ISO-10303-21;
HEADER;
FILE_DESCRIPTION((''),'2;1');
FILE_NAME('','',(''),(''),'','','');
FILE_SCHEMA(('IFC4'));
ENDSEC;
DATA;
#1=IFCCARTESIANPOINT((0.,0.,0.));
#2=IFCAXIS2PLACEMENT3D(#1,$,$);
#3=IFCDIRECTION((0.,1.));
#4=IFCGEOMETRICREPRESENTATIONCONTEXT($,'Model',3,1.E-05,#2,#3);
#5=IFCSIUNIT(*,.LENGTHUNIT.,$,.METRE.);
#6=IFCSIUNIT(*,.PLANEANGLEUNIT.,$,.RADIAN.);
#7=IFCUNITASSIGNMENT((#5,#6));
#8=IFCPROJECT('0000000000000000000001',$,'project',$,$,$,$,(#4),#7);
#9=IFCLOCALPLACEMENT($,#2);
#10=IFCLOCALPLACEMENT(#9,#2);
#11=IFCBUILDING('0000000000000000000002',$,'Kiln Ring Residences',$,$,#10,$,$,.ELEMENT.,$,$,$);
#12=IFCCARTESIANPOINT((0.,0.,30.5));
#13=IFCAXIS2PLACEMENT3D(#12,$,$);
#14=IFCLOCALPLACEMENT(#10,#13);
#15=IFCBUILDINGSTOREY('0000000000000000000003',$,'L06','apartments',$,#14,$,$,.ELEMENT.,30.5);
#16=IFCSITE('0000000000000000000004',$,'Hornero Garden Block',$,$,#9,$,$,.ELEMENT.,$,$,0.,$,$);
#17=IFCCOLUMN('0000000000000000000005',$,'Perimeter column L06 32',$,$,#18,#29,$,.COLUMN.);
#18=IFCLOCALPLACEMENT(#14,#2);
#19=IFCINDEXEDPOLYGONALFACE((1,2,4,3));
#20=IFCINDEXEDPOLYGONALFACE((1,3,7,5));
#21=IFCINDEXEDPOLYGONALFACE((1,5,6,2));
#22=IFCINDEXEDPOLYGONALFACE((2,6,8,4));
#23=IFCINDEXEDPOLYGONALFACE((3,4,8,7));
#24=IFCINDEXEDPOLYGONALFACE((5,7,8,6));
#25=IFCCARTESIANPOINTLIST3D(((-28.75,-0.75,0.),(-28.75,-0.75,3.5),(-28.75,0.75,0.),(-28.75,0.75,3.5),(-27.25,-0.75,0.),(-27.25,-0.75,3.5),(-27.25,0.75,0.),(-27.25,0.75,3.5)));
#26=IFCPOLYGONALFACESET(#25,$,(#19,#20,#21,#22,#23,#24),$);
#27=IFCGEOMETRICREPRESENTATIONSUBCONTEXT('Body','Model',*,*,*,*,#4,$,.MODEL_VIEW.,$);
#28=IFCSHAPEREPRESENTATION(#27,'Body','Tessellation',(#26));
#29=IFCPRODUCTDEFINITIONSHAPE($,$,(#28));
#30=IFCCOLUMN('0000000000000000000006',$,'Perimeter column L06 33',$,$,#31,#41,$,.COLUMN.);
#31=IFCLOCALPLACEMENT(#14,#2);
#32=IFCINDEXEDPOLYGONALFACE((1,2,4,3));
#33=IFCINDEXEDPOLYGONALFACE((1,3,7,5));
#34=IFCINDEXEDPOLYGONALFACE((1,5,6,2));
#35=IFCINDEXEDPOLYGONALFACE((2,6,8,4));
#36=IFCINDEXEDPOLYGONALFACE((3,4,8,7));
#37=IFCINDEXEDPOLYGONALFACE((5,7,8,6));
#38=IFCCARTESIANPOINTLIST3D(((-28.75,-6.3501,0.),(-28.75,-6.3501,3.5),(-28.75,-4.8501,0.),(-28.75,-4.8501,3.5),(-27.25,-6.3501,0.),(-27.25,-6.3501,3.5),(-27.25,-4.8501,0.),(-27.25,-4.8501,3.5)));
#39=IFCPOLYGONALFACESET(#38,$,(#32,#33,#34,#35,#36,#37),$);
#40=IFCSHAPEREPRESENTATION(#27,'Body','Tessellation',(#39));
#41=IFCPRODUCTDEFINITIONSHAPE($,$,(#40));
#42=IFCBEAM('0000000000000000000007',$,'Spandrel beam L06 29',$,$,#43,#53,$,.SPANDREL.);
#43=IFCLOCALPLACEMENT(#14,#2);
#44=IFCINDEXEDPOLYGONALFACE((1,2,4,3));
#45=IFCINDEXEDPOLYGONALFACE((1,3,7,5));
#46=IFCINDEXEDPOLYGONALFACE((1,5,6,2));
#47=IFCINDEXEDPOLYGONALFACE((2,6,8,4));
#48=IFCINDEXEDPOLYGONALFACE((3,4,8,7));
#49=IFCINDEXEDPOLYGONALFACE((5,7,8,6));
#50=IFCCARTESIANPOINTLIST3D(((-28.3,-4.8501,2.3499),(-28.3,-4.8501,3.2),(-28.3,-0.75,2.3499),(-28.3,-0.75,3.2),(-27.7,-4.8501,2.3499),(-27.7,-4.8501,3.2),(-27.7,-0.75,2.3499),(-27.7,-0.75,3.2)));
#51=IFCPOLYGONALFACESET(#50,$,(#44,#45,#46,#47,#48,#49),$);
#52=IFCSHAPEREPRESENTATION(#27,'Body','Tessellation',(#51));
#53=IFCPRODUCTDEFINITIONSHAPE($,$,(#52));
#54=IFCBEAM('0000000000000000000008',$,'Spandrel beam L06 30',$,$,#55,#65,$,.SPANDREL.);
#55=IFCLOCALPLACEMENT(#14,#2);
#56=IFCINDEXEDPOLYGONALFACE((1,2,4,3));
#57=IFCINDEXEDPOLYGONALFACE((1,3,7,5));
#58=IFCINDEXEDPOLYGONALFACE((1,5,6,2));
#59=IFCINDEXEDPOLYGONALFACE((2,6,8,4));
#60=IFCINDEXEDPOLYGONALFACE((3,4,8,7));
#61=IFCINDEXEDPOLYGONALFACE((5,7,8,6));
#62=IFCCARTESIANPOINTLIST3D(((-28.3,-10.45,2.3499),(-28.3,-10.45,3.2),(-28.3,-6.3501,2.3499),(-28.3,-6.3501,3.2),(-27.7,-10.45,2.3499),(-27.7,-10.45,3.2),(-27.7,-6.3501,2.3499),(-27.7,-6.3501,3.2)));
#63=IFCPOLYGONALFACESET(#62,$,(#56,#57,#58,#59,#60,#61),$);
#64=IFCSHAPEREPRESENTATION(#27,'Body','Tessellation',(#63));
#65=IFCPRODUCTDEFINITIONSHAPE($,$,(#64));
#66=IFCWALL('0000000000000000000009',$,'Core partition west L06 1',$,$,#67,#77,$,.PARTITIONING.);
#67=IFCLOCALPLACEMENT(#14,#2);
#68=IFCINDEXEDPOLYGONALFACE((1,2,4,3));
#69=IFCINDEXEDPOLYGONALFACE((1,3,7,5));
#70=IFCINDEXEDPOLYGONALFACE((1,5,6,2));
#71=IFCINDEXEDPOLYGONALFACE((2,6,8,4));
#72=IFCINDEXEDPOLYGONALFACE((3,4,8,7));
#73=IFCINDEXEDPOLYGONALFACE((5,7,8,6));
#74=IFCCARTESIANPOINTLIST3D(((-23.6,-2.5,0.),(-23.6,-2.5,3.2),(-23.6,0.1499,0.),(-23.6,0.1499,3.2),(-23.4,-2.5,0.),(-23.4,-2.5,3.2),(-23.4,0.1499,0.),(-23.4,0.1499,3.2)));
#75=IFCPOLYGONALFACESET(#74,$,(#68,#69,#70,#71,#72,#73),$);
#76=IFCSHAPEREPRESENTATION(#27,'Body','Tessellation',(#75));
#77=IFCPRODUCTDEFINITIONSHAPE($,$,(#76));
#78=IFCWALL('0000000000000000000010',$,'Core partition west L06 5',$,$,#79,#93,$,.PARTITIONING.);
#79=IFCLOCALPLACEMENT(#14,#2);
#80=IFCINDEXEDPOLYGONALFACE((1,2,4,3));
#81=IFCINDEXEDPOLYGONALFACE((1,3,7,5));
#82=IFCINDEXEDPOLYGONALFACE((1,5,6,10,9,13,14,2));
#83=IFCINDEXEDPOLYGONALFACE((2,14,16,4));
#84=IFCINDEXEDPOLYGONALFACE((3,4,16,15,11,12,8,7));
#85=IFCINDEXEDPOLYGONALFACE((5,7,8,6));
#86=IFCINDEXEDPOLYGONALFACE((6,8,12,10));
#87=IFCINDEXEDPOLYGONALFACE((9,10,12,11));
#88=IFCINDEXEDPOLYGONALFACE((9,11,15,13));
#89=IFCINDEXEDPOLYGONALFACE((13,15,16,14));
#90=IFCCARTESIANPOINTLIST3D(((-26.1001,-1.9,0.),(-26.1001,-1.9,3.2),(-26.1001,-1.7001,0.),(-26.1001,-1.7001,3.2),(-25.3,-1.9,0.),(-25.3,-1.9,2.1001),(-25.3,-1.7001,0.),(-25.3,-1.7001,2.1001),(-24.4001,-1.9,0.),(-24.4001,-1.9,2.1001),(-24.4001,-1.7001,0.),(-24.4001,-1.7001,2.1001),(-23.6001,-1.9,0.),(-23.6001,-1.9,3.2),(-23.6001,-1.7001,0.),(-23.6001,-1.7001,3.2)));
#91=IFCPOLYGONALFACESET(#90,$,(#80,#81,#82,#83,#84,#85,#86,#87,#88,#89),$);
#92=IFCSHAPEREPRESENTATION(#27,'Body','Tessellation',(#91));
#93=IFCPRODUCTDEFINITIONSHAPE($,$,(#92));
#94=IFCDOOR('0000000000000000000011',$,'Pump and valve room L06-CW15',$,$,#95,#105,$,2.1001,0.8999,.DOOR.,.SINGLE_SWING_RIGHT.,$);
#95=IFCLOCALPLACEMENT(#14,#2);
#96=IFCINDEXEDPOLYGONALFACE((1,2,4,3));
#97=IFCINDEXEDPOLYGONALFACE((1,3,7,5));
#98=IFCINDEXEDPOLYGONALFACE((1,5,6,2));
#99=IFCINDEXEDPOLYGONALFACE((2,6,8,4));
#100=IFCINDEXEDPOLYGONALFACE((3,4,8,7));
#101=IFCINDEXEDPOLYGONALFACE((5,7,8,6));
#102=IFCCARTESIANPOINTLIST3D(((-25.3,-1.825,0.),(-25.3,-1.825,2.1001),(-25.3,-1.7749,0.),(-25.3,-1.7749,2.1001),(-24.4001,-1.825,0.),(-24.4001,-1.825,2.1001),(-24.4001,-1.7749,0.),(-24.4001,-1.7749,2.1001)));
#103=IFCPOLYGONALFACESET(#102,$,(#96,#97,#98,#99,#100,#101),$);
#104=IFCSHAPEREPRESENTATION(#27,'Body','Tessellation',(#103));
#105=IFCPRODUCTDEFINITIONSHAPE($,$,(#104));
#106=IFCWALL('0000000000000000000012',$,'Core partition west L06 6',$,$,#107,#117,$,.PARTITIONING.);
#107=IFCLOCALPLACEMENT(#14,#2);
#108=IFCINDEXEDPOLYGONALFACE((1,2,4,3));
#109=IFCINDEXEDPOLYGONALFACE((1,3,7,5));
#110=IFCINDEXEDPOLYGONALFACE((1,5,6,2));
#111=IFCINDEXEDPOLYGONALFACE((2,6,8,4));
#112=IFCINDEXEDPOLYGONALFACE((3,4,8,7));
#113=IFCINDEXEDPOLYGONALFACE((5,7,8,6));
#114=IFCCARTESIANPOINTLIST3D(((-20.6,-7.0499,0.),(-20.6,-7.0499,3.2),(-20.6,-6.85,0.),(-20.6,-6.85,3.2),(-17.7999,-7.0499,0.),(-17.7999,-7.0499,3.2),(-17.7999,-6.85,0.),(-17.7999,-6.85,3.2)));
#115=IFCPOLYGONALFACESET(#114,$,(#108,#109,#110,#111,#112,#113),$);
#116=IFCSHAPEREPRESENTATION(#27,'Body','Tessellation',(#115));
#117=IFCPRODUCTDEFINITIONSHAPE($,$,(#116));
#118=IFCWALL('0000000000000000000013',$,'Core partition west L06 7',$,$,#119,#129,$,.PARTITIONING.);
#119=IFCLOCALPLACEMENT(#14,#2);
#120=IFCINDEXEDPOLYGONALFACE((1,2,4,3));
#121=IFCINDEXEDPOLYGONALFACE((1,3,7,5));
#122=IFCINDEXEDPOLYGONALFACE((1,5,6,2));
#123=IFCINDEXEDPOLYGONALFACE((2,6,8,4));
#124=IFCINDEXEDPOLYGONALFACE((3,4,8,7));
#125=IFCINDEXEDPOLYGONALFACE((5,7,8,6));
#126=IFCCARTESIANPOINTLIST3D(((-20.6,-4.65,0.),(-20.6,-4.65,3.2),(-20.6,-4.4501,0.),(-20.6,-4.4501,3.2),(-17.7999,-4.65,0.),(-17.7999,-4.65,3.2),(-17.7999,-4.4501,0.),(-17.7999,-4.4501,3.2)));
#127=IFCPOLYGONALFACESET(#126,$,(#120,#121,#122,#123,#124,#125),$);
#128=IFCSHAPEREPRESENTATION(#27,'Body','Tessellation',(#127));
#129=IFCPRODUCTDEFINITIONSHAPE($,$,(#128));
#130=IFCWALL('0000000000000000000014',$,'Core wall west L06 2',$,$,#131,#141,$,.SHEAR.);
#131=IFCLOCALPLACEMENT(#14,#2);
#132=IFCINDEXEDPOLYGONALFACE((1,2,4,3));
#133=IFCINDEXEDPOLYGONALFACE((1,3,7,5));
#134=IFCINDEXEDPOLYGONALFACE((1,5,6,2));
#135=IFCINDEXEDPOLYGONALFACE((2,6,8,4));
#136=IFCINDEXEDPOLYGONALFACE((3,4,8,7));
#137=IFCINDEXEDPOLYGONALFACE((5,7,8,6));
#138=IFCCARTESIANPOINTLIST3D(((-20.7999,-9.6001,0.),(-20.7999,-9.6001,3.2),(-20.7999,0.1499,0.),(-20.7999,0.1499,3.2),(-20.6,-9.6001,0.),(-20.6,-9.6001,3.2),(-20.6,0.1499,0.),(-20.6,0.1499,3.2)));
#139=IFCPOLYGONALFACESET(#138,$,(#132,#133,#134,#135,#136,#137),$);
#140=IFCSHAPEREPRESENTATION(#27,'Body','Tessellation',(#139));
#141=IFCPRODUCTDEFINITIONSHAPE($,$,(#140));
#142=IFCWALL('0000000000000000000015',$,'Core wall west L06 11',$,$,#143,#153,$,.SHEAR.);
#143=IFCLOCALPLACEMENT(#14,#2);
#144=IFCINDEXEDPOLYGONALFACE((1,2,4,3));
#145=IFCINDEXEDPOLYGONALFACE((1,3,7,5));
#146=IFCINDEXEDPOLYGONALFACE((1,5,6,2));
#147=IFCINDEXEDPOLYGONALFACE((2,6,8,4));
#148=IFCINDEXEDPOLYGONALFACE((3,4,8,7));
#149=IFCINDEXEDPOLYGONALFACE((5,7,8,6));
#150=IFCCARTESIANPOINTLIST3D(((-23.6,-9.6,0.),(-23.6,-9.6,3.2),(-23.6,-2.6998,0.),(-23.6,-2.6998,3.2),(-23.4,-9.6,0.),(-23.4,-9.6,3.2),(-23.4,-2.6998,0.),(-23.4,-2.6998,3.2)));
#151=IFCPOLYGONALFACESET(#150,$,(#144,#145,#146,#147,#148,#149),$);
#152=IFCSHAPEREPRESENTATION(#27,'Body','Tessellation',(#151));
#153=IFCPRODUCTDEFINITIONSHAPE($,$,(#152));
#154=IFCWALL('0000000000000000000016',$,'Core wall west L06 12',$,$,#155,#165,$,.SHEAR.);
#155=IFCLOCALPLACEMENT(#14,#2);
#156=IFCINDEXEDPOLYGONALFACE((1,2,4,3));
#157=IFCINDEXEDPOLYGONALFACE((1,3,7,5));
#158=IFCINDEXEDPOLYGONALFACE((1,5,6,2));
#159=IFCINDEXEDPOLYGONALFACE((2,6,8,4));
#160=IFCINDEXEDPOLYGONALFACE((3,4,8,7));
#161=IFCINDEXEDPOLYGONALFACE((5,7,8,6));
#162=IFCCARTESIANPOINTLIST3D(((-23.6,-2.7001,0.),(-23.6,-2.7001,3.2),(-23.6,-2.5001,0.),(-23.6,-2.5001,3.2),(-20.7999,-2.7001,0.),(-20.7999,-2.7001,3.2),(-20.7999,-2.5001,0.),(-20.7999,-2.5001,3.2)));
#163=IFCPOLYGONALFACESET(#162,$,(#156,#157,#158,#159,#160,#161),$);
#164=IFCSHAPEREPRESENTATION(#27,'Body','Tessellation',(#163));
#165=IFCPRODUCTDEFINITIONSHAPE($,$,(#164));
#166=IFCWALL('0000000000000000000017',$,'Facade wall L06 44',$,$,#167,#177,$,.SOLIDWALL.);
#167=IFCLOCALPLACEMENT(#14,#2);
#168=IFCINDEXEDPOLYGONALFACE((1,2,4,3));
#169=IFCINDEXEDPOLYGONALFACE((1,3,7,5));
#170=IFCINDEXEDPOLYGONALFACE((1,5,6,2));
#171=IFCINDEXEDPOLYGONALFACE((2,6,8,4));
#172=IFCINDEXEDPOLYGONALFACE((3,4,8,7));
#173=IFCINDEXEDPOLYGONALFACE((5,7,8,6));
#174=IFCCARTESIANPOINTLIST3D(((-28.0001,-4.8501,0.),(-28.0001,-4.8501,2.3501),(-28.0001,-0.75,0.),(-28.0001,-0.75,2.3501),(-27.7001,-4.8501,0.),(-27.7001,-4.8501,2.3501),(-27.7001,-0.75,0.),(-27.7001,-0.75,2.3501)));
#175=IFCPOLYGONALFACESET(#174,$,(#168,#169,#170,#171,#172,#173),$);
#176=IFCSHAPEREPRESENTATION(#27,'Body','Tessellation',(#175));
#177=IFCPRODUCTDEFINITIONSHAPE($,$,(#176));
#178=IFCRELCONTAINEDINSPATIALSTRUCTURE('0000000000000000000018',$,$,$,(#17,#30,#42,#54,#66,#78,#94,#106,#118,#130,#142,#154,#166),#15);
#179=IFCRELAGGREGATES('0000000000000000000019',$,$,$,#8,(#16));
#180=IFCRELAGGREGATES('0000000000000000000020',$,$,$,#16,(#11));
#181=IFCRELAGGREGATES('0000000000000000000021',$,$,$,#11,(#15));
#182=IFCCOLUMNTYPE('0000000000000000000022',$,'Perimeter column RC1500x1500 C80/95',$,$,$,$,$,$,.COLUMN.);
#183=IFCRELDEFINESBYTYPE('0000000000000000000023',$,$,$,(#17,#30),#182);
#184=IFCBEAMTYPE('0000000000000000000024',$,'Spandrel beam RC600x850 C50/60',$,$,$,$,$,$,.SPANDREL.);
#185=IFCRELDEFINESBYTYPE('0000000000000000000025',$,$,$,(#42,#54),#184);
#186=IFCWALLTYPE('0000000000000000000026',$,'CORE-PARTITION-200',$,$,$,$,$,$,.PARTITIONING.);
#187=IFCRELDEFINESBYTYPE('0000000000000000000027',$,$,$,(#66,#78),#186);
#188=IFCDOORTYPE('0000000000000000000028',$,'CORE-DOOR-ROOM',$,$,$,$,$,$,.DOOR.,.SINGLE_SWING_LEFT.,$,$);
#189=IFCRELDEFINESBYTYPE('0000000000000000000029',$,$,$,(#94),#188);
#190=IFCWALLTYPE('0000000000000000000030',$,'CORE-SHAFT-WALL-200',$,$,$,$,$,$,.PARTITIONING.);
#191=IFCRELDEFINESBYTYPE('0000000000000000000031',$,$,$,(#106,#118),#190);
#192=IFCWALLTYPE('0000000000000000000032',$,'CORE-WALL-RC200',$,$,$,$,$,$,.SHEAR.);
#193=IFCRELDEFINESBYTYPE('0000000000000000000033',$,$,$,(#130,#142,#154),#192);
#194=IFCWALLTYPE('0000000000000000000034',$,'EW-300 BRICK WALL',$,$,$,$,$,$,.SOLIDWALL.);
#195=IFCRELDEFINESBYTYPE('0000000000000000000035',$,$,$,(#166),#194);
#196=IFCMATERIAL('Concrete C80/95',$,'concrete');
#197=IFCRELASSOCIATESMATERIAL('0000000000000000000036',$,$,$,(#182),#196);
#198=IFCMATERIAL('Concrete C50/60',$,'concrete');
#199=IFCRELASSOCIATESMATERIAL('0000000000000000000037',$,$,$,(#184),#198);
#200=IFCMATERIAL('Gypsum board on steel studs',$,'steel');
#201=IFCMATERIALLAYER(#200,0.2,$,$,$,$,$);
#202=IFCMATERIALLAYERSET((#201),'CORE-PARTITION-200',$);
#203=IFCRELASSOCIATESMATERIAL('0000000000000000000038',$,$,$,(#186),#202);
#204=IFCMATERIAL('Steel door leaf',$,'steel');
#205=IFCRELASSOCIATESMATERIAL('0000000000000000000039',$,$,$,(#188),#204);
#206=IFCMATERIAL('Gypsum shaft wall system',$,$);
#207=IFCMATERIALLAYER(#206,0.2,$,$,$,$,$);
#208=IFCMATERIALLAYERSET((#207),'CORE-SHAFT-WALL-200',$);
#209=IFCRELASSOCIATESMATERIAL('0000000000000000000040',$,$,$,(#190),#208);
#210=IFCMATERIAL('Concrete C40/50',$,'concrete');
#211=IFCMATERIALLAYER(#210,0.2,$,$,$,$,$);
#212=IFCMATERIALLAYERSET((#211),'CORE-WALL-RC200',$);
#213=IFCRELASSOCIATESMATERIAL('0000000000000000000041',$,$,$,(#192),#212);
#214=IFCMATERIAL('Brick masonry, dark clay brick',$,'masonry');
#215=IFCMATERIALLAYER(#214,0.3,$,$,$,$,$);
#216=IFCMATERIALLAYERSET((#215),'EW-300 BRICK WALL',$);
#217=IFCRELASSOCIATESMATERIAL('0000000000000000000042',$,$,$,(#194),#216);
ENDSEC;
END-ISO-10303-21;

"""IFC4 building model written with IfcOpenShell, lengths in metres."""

from ifc_helpers import new_model, si_unit, direction, frame, frame_2d, origin, origin_2d, place, context, subcontext, project, spatial, rectangle, extrude, material, layer, layer_set, material_profile, profile_set, type_object, element, fill, save


model = new_model("IFC4")

# Units and contexts
model_context = context("Model", 3, precision=1e-05, world=origin(), true_north=direction((0.0, 1.0)))
body_context = subcontext(model_context, "Body", "Model", "MODEL_VIEW")
ifc_project = project(units=[si_unit("LENGTHUNIT", "METRE"), si_unit("PLANEANGLEUNIT", "RADIAN")], contexts=[model_context])

# Site, building, storey
site_placement = place(None, origin())
site = spatial("IfcSite", under=ifc_project, at=site_placement, Name="Hornero Garden Block", CompositionType="ELEMENT", RefElevation=0.0)
building_placement = place(site_placement, origin())
building = spatial("IfcBuilding", under=site, at=building_placement, Name="Kiln Ring Residences", CompositionType="ELEMENT")
storey_placement = place(building_placement, frame((0.0, 0.0, 30.5)))
storey = spatial("IfcBuildingStorey", under=building, at=storey_placement, Name="L06", Description="apartments", CompositionType="ELEMENT", Elevation=30.5)

# Columns
ifc_material_1 = material(Name="Concrete C80/95", Category="concrete")
ifc_material_profile_1 = material_profile(ifc_material_1, rectangle(XDim=1.5, YDim=1.5, at=origin_2d()), Name="RC1500x1500")
ifc_profile_set_1 = profile_set([ifc_material_profile_1], Name="Concrete C80/95")
column_type = type_object("IfcColumnType", Name="Perimeter column RC1500x1500 C80/95", PredefinedType="COLUMN", material=ifc_profile_set_1)
for number, where, z_axis, x_axis, name in (
    (1, (-28.0, 0.0, 0.0), (0.0, 0.0, 1.0), (1.0, 0.0, 0.0), "Perimeter column L06 32"),
    (2, (-28.0, -5.6001, 0.0), (0.0, 0.0, 1.0), (1.0, 0.0, 0.0), "Perimeter column L06 33"),
):
    element("IfcColumn", number, at=place(storey_placement, frame(where, z_axis=z_axis, x_axis=x_axis)), inside=storey, type_object=column_type, Name=name, PredefinedType="COLUMN", context=body_context, shape_type="SweptSolid", body=[
        extrude(rectangle(XDim=1.5, YDim=1.5, at=origin_2d()), origin(), (0.0, 0.0, 1.0), 3.5),
    ])

# Beams
ifc_material_2 = material(Name="Concrete C50/60", Category="concrete")
ifc_material_profile_2 = material_profile(ifc_material_2, rectangle(XDim=0.6001, YDim=0.8501, at=origin_2d()), Name="RC600x850")
ifc_profile_set_2 = profile_set([ifc_material_profile_2], Name="Concrete C50/60")
beam_type = type_object("IfcBeamType", Name="Spandrel beam RC600x850 C50/60", PredefinedType="SPANDREL", material=ifc_profile_set_2)
beam_1_placement = place(storey_placement, frame((-28.0, -0.75, 2.7749), z_axis=(0.0, -1.0, 0.0), x_axis=(1.0, 0.0, 0.0)))
element("IfcBeam", 3, at=beam_1_placement, inside=storey, type_object=beam_type, Name="Spandrel beam L06 29", PredefinedType="SPANDREL", context=body_context, shape_type="SweptSolid", body=[
    extrude(rectangle(XDim=0.6001, YDim=0.8501, at=origin_2d()), origin(), (0.0, 0.0, 1.0), 4.1001),
])
beam_2_placement = place(storey_placement, frame((-28.0, -6.3501, 2.7749), z_axis=(0.0, -1.0, 0.0), x_axis=(1.0, 0.0, 0.0)))
element("IfcBeam", 4, at=beam_2_placement, inside=storey, type_object=beam_type, Name="Spandrel beam L06 30", PredefinedType="SPANDREL", context=body_context, shape_type="SweptSolid", body=[
    extrude(rectangle(XDim=0.6001, YDim=0.8501, at=origin_2d()), origin(), (0.0, 0.0, 1.0), 4.0999),
])

# Wall
ifc_material_3 = material(Name="Gypsum board on steel studs", Category="steel")
ifc_layer_1 = layer(ifc_material_3, 0.2)
ifc_layer_set_1 = layer_set([ifc_layer_1], Name="CORE-PARTITION-200")
wall_type_1 = type_object("IfcWallType", Name="CORE-PARTITION-200", PredefinedType="PARTITIONING", material=ifc_layer_set_1)
wall_1_placement = place(storey_placement, frame((-23.5, -2.5, 0.0), z_axis=(0.0, 0.0, 1.0), x_axis=(0.0, 1.0, 0.0)))
element("IfcWall", 5, at=wall_1_placement, inside=storey, type_object=wall_type_1, Name="Core partition west L06 1", PredefinedType="PARTITIONING", context=body_context, shape_type="SweptSolid", body=[
    extrude(rectangle(XDim=2.6499, YDim=0.2, at=frame_2d((1.325, 0.0))), origin(), (0.0, 0.0, 1.0), 3.2),
])

# Wall, opening, door
wall_2_placement = place(storey_placement, frame((-23.6001, -1.8, 0.0), z_axis=(0.0, 0.0, 1.0), x_axis=(-1.0, 0.0, 0.0)))
wall_2 = element("IfcWall", 6, at=wall_2_placement, inside=storey, type_object=wall_type_1, Name="Core partition west L06 5", PredefinedType="PARTITIONING", context=body_context, shape_type="SweptSolid", body=[
    extrude(rectangle(XDim=2.5, YDim=0.2, at=frame_2d((1.25, 0.0))), origin(), (0.0, 0.0, 1.0), 3.2),
])
opening_placement = place(wall_2_placement, frame((0.8, 0.0, 0.0)))
opening = element("IfcOpeningElement", 7, at=opening_placement, cuts=wall_2, PredefinedType="OPENING", context=body_context, shape_type="SweptSolid", body=[
    extrude(rectangle(XDim=0.8999, YDim=2.1001, at=frame_2d((0.45, 1.05))), frame((0.0, 0.1099, 0.0), z_axis=(0.0, -1.0, 0.0), x_axis=(1.0, 0.0, 0.0)), (0.0, 0.0, 1.0), 0.22),
])
ifc_material_4 = material(Name="Steel door leaf", Category="steel")
door_type = type_object("IfcDoorType", Name="CORE-DOOR-ROOM", OperationType="SINGLE_SWING_LEFT", PredefinedType="DOOR", material=ifc_material_4)
door_placement = place(opening_placement, origin())
door = element("IfcDoor", 8, at=door_placement, inside=storey, type_object=door_type, Name="Pump and valve room L06-CW15", OperationType="SINGLE_SWING_RIGHT", OverallHeight=2.1001, OverallWidth=0.8999, PredefinedType="DOOR", context=body_context, shape_type="SweptSolid", body=[
    extrude(rectangle(XDim=0.8999, YDim=2.1001, at=frame_2d((0.45, 1.05))), frame((0.0, 0.0249, 0.0), z_axis=(0.0, -1.0, 0.0), x_axis=(1.0, 0.0, 0.0)), (0.0, 0.0, 1.0), 0.05),
])
fill(opening, door)

# Walls
ifc_material_5 = material(Name="Gypsum shaft wall system")
ifc_layer_2 = layer(ifc_material_5, 0.2)
ifc_layer_set_2 = layer_set([ifc_layer_2], Name="CORE-SHAFT-WALL-200")
wall_type_2 = type_object("IfcWallType", Name="CORE-SHAFT-WALL-200", PredefinedType="PARTITIONING", material=ifc_layer_set_2)
for number, where, z_axis, x_axis, name in (
    (9, (-17.8, -6.95, 0.0), (0.0, 0.0, 1.0), (-1.0, 0.0, 0.0), "Core partition west L06 6"),
    (10, (-17.8, -4.55, 0.0), (0.0, 0.0, 1.0), (-1.0, 0.0, 0.0), "Core partition west L06 7"),
):
    element("IfcWall", number, at=place(storey_placement, frame(where, z_axis=z_axis, x_axis=x_axis)), inside=storey, type_object=wall_type_2, Name=name, PredefinedType="PARTITIONING", context=body_context, shape_type="SweptSolid", body=[
        extrude(rectangle(XDim=2.8, YDim=0.2, at=frame_2d((1.3999, 0.0))), origin(), (0.0, 0.0, 1.0), 3.2),
    ])
ifc_material_6 = material(Name="Concrete C40/50", Category="concrete")
ifc_layer_3 = layer(ifc_material_6, 0.2)
ifc_layer_set_3 = layer_set([ifc_layer_3], Name="CORE-WALL-RC200")
wall_type_3 = type_object("IfcWallType", Name="CORE-WALL-RC200", PredefinedType="SHEAR", material=ifc_layer_set_3)
wall_3_placement = place(storey_placement, frame((-20.7, -9.6001, 0.0), z_axis=(0.0, 0.0, 1.0), x_axis=(0.0, 1.0, 0.0)))
element("IfcWall", 11, at=wall_3_placement, inside=storey, type_object=wall_type_3, Name="Core wall west L06 2", PredefinedType="SHEAR", context=body_context, shape_type="SweptSolid", body=[
    extrude(rectangle(XDim=9.75, YDim=0.2, at=frame_2d((4.875, 0.0))), origin(), (0.0, 0.0, 1.0), 3.2),
])
wall_4_placement = place(storey_placement, frame((-23.5, -9.6001, 0.0), z_axis=(0.0, 0.0, 1.0), x_axis=(0.0, 1.0, 0.0)))
element("IfcWall", 12, at=wall_4_placement, inside=storey, type_object=wall_type_3, Name="Core wall west L06 11", PredefinedType="SHEAR", context=body_context, shape_type="SweptSolid", body=[
    extrude(rectangle(XDim=6.9001, YDim=0.2, at=frame_2d((3.4502, 0.0))), origin(), (0.0, 0.0, 1.0), 3.2),
])
wall_5_placement = place(storey_placement, frame((-20.8, -2.6001, 0.0), z_axis=(0.0, 0.0, 1.0), x_axis=(-1.0, 0.0, 0.0)))
element("IfcWall", 13, at=wall_5_placement, inside=storey, type_object=wall_type_3, Name="Core wall west L06 12", PredefinedType="SHEAR", context=body_context, shape_type="SweptSolid", body=[
    extrude(rectangle(XDim=2.8, YDim=0.2, at=frame_2d((1.3999, 0.0))), origin(), (0.0, 0.0, 1.0), 3.2),
])
ifc_material_7 = material(Name="Brick masonry, dark clay brick", Category="masonry")
ifc_layer_4 = layer(ifc_material_7, 0.3)
ifc_layer_set_4 = layer_set([ifc_layer_4], Name="EW-300 BRICK WALL")
wall_type_4 = type_object("IfcWallType", Name="EW-300 BRICK WALL", PredefinedType="SOLIDWALL", material=ifc_layer_set_4)
wall_6_placement = place(storey_placement, frame((-27.8501, -0.75, 0.0), z_axis=(0.0, 0.0, 1.0), x_axis=(0.0, -1.0, 0.0)))
element("IfcWall", 14, at=wall_6_placement, inside=storey, type_object=wall_type_4, Name="Facade wall L06 44", PredefinedType="SOLIDWALL", context=body_context, shape_type="SweptSolid", body=[
    extrude(rectangle(XDim=4.1001, YDim=0.3, at=frame_2d((2.05, 0.0))), origin(), (0.0, 0.0, 1.0), 2.3501),
])

save(model, "model.ifc")
